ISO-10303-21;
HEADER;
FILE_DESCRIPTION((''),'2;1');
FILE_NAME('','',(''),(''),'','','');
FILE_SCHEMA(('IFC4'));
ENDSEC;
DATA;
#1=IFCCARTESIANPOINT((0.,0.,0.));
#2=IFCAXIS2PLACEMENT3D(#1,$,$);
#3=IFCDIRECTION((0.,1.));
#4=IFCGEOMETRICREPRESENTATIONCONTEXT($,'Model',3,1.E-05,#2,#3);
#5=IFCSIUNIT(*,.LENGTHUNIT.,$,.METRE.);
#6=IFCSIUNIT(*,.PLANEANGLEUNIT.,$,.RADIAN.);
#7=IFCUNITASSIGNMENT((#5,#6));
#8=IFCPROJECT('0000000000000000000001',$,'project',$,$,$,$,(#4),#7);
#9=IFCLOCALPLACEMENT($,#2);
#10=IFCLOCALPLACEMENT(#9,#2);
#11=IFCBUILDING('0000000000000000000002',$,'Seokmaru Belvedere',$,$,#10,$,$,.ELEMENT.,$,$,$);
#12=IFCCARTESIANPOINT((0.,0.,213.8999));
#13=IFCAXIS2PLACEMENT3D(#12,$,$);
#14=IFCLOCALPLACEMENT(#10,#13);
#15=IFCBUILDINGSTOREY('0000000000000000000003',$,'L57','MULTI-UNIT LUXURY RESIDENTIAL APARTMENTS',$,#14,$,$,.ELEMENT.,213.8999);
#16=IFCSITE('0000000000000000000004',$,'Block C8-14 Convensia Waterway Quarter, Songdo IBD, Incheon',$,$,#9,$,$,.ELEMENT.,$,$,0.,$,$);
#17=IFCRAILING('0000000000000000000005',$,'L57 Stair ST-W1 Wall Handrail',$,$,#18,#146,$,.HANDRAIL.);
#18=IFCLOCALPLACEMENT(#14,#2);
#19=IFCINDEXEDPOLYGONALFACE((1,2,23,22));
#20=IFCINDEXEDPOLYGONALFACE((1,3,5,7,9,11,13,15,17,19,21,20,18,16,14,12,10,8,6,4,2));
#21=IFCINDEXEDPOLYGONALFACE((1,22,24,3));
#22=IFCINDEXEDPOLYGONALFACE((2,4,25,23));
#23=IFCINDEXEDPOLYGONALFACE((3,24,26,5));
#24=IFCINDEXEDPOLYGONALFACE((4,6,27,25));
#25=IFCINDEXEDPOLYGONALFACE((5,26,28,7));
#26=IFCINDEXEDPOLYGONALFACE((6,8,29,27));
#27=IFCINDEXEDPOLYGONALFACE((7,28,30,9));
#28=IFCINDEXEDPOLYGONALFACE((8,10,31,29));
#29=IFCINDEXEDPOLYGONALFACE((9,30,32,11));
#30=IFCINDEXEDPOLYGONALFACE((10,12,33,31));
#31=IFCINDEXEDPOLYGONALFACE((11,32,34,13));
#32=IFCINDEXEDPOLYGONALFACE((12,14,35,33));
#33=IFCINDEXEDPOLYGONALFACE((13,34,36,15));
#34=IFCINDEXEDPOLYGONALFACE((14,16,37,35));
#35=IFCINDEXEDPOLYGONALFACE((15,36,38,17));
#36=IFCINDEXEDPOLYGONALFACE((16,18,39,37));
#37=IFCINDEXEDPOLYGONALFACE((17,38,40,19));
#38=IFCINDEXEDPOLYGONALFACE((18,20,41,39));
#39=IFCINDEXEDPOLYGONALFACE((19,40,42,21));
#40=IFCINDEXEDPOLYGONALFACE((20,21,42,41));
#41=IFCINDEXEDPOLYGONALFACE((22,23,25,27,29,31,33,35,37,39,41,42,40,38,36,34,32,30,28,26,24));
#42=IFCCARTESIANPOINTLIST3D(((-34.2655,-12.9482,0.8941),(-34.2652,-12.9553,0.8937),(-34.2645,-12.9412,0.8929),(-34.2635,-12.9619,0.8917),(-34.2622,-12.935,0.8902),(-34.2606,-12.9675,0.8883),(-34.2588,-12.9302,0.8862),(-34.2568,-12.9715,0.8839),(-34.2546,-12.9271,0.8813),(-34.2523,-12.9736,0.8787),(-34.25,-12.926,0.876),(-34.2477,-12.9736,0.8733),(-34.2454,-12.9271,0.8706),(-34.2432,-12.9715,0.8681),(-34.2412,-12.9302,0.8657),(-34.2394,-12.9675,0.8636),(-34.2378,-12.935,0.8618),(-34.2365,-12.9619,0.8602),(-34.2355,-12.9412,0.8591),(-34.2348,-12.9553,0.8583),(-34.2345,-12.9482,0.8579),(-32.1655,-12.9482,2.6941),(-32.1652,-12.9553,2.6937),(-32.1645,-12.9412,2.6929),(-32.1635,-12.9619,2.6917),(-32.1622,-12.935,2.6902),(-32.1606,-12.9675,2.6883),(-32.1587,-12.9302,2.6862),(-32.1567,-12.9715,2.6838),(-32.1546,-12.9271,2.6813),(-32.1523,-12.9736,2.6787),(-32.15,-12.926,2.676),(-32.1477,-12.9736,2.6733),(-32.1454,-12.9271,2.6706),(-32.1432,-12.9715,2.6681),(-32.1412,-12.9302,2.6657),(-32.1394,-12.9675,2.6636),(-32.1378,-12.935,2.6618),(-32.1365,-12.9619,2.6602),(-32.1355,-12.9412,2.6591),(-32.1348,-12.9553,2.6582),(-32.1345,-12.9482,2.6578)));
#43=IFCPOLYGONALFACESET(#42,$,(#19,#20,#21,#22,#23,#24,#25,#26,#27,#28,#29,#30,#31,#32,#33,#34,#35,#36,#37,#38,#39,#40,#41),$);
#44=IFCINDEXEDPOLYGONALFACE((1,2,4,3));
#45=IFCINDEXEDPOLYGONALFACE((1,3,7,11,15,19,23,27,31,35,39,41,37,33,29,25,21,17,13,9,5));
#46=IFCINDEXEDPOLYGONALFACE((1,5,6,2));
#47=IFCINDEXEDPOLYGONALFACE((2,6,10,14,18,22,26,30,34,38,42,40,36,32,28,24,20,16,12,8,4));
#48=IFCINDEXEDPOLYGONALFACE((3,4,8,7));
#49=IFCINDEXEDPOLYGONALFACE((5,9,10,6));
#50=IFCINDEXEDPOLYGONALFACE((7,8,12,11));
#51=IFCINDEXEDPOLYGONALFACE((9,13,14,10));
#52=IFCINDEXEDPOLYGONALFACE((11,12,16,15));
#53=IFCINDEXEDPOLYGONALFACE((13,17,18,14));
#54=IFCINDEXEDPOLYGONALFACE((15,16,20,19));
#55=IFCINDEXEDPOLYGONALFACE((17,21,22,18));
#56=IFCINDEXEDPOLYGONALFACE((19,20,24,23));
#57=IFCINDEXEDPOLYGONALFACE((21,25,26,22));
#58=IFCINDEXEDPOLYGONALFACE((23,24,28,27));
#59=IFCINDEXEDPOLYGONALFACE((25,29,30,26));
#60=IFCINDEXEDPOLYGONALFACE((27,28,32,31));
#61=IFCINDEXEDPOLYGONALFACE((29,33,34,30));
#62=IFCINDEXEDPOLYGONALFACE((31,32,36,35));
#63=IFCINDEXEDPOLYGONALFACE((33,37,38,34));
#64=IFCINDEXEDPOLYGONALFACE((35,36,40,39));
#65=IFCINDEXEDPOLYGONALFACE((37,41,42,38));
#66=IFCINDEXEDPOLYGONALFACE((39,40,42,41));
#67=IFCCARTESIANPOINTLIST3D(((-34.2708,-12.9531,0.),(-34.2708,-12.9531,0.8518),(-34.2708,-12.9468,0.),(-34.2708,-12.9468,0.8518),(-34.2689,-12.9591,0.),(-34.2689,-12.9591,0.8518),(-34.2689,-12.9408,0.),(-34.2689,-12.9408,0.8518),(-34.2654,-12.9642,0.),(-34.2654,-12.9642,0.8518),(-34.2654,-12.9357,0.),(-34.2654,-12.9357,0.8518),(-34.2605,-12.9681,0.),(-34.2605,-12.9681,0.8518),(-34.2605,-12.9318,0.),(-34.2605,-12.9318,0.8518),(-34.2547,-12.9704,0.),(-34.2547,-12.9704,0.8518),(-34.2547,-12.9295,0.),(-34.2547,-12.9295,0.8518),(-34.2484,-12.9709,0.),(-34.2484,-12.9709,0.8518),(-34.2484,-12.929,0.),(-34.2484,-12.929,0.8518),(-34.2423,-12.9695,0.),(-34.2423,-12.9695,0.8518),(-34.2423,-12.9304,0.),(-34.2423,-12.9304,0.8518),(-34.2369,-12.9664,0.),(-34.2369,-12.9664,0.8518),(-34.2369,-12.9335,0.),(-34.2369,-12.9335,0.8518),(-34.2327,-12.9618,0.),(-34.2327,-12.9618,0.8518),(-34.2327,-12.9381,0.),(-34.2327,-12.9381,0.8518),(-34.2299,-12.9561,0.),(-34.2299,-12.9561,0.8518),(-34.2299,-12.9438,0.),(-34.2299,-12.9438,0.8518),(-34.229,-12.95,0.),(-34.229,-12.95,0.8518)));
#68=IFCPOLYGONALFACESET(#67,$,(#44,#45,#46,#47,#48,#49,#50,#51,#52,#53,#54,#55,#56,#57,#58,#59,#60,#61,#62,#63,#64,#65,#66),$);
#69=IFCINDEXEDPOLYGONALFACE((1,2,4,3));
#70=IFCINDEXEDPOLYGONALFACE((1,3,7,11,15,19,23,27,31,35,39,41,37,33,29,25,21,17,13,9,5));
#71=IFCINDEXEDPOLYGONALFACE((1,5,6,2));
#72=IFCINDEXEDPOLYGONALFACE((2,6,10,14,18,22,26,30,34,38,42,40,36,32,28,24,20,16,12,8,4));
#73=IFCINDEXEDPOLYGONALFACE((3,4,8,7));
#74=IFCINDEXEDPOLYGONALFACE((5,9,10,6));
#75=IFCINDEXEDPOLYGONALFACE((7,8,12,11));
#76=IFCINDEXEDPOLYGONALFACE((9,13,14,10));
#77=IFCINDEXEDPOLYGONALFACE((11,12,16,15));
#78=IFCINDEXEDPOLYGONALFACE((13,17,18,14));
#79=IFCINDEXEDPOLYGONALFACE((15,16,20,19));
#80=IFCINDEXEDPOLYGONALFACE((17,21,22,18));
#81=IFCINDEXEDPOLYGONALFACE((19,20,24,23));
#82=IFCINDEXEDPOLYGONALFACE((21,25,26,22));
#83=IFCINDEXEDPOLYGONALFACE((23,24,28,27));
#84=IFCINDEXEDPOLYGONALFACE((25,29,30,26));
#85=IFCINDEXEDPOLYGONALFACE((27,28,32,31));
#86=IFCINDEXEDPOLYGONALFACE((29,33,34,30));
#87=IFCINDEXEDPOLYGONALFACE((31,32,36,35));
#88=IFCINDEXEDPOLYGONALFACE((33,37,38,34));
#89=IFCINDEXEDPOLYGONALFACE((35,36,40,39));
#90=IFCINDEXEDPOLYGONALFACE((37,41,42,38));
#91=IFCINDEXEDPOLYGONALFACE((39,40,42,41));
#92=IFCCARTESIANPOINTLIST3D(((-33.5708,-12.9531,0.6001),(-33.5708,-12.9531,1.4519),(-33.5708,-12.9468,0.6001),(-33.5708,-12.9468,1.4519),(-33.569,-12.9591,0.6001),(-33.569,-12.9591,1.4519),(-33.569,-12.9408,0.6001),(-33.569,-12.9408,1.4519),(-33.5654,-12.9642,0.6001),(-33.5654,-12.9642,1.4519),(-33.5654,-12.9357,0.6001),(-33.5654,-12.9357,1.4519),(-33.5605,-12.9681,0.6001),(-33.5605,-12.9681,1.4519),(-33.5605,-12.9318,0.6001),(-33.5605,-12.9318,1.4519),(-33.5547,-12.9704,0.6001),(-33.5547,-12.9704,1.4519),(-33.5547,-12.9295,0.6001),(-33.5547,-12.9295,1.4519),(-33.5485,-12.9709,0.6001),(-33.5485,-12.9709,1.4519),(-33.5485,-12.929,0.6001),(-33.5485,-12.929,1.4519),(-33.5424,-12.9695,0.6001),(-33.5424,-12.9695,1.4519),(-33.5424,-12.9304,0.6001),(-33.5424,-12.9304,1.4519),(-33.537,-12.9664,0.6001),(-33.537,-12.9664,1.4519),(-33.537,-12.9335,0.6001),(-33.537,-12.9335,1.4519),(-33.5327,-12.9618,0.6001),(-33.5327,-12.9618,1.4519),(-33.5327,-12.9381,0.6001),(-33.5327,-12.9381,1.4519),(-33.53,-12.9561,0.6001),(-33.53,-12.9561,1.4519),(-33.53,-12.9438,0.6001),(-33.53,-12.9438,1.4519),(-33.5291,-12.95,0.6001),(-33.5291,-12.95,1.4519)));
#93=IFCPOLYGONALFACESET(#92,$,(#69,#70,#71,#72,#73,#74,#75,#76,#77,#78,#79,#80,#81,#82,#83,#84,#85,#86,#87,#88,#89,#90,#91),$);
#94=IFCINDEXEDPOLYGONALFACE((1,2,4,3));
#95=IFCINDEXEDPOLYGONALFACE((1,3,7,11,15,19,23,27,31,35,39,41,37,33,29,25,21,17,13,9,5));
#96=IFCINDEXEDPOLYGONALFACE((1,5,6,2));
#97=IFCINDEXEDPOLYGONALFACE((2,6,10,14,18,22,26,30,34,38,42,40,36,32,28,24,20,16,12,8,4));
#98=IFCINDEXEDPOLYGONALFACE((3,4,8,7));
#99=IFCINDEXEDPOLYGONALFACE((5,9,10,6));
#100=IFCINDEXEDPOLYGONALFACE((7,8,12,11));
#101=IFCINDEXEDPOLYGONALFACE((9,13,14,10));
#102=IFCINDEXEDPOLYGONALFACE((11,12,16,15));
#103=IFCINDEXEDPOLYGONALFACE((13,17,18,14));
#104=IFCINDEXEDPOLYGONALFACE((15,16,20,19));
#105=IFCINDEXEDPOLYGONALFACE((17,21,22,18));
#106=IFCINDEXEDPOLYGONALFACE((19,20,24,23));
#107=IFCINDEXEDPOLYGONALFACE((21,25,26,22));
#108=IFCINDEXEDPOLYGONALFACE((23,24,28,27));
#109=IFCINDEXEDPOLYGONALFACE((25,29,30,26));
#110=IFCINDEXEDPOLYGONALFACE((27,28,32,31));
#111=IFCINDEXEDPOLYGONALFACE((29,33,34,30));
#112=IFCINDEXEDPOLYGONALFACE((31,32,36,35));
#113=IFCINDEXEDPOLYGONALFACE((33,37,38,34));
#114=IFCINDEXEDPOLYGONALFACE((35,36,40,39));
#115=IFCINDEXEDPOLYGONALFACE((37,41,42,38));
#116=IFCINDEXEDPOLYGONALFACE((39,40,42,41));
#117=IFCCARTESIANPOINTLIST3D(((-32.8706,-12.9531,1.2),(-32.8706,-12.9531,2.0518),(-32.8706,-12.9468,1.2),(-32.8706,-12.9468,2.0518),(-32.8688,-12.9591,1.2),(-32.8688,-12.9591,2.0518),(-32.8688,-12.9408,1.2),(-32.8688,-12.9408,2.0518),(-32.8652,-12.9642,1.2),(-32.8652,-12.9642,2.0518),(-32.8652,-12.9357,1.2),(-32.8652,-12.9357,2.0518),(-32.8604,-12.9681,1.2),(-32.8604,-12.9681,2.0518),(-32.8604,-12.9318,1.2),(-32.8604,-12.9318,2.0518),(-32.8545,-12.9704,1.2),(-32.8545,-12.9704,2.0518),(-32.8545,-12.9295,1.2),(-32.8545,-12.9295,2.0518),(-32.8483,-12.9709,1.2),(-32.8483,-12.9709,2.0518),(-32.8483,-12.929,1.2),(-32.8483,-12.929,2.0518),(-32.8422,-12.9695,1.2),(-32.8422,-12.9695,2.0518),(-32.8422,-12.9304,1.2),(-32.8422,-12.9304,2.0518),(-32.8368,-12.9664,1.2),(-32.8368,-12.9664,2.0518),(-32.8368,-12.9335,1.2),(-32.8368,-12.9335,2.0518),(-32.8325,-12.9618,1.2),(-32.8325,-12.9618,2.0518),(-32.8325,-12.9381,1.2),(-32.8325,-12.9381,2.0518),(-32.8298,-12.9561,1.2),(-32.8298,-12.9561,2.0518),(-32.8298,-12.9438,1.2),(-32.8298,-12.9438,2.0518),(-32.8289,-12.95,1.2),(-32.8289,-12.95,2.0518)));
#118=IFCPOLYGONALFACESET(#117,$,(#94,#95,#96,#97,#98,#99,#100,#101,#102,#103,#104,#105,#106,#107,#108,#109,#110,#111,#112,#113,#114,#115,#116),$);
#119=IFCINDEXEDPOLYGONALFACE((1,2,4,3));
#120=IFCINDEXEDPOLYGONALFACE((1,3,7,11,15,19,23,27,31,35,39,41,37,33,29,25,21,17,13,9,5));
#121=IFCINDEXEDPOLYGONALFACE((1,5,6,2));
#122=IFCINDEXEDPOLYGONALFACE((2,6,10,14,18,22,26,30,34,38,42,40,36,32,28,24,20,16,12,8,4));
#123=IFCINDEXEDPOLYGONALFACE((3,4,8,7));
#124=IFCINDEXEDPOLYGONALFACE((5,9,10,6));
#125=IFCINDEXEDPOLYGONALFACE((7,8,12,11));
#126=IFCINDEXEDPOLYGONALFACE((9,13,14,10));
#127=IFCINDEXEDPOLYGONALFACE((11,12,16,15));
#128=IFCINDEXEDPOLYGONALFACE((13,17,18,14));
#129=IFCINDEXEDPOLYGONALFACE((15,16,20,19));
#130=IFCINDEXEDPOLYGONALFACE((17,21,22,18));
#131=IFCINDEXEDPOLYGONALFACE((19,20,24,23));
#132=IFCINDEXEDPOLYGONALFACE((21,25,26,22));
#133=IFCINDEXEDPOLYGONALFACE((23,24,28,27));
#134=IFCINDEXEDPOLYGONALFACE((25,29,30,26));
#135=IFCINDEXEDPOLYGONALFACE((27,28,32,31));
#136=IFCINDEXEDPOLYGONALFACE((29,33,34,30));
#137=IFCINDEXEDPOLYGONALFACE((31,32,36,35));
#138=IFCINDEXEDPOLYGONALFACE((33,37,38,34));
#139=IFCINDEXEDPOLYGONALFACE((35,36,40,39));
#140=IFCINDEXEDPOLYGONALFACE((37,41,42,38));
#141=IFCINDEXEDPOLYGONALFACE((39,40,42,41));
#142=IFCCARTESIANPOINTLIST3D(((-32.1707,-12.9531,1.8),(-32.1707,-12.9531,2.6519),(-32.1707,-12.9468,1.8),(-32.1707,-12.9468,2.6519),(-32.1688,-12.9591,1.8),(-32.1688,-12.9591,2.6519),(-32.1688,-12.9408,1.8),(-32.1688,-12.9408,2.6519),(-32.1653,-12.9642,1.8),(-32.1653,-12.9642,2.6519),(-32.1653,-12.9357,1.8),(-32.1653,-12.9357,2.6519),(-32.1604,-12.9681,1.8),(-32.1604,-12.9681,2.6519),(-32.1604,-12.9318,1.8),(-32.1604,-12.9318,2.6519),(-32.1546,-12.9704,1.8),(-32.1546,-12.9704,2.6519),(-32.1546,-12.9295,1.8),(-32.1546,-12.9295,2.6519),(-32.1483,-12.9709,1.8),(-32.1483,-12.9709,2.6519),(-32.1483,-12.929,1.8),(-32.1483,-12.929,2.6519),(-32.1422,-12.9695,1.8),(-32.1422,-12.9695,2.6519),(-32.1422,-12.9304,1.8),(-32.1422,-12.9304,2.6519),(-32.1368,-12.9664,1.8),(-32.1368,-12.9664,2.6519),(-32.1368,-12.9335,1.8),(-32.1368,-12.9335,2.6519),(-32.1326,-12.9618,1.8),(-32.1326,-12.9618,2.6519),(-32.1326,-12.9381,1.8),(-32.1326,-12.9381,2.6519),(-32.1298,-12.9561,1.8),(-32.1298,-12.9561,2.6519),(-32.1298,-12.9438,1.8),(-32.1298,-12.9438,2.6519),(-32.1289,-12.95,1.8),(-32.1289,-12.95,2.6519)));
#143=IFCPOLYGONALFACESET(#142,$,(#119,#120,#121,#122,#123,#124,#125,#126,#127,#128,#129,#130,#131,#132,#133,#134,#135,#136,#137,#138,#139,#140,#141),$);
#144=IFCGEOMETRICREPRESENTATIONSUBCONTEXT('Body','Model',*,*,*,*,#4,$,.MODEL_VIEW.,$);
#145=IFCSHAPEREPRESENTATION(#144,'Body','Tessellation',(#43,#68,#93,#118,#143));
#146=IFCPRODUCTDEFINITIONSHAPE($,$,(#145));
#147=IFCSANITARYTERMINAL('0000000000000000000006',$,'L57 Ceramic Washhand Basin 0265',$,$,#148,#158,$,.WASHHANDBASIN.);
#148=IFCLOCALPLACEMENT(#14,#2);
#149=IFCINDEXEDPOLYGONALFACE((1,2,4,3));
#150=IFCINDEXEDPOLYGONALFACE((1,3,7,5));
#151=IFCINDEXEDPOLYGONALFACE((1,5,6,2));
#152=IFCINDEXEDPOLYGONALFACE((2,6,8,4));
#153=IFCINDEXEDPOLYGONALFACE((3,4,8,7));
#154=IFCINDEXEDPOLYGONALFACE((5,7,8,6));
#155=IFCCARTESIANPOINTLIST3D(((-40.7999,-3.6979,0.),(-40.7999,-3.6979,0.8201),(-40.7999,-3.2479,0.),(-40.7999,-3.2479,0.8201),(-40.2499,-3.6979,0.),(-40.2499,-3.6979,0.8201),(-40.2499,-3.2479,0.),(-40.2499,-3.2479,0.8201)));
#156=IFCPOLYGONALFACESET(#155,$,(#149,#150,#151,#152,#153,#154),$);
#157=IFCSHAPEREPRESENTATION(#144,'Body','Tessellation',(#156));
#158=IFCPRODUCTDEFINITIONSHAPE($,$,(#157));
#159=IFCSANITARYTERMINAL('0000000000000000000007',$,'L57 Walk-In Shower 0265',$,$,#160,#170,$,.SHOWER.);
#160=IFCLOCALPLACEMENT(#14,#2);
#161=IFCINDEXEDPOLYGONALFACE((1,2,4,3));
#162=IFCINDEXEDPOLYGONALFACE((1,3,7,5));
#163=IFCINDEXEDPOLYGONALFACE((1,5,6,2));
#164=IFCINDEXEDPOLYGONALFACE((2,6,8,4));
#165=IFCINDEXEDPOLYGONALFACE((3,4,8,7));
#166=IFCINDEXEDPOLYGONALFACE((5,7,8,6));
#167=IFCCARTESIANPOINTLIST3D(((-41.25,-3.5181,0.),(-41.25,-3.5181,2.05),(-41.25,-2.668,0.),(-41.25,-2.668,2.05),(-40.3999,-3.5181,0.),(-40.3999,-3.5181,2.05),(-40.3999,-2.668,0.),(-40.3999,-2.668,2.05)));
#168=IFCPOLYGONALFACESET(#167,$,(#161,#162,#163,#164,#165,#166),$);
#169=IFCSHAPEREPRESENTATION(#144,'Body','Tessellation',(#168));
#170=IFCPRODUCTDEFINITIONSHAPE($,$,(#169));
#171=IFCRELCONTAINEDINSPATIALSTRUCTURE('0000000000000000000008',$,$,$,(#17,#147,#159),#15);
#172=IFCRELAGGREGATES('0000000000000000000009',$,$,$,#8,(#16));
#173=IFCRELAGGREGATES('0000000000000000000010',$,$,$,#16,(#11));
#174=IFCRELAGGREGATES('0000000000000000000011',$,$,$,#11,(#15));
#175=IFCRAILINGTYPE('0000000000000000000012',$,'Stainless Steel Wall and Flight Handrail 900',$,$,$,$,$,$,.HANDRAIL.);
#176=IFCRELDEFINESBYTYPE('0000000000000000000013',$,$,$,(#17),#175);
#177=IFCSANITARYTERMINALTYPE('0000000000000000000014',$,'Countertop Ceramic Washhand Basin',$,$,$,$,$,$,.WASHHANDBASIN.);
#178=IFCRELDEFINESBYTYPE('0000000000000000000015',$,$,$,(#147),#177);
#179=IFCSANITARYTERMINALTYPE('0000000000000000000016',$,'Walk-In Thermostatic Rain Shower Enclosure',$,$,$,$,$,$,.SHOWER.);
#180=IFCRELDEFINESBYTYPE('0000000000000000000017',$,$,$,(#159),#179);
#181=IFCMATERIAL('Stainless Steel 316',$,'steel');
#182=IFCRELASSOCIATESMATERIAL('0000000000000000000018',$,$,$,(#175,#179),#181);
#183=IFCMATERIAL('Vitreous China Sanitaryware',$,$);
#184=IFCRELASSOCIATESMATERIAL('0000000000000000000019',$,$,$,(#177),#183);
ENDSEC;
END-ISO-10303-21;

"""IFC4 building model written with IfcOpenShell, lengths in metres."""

from ifc_helpers import new_model, si_unit, direction, frame, origin, origin_2d, place, context, subcontext, project, spatial, rectangle, circle, extrude, source, transform, mapped, material, type_object, type_shapes, element, save


model = new_model("IFC4")

# Units and contexts
model_context = context("Model", 3, precision=1e-05, world=origin(), true_north=direction((0.0, 1.0)))
body_context = subcontext(model_context, "Body", "Model", "MODEL_VIEW")
ifc_project = project(units=[si_unit("LENGTHUNIT", "METRE"), si_unit("PLANEANGLEUNIT", "RADIAN")], contexts=[model_context])

# Site, building, storey
site_placement = place(None, origin())
site = spatial("IfcSite", under=ifc_project, at=site_placement, Name="Block C8-14 Convensia Waterway Quarter, Songdo IBD, Incheon", CompositionType="ELEMENT", RefElevation=0.0)
building_placement = place(site_placement, origin())
building = spatial("IfcBuilding", under=site, at=building_placement, Name="Seokmaru Belvedere", CompositionType="ELEMENT")
storey_placement = place(building_placement, frame((0.0, 0.0, 213.8999)))
storey = spatial("IfcBuildingStorey", under=building, at=storey_placement, Name="L57", Description="MULTI-UNIT LUXURY RESIDENTIAL APARTMENTS", CompositionType="ELEMENT", Elevation=213.8999)

# Shared definitions
ifc_material_1 = material(Name="Stainless Steel 316", Category="steel")

# Railing
railing_type_1 = type_object("IfcRailingType", Name="Stainless Steel Wall and Flight Handrail 900", PredefinedType="HANDRAIL", material=ifc_material_1)
railing_1_placement = place(storey_placement, frame((-34.25, -12.95, 0.0)))
element("IfcRailing", 1, at=railing_1_placement, inside=storey, type_object=railing_type_1, Name="L57 Stair ST-W1 Wall Handrail", PredefinedType="HANDRAIL", context=body_context, shape_type="SweptSolid", body=[
    extrude(circle(Radius=0.0239, at=origin_2d()), frame((0.0, 0.0, 0.876), z_axis=(0.759263, 0.0, 0.650784), x_axis=(0.0, 1.0, 0.0)), (0.0, 0.0, 1.0), 2.7659),
    extrude(circle(Radius=0.021, at=origin_2d()), origin(), (0.0, 0.0, 1.0), 0.8518),
    extrude(circle(Radius=0.021, at=origin_2d()), frame((0.7, 0.0, 0.6001)), (0.0, 0.0, 1.0), 0.8518),
    extrude(circle(Radius=0.021, at=origin_2d()), frame((1.4001, 0.0, 1.2)), (0.0, 0.0, 1.0), 0.8518),
    extrude(circle(Radius=0.021, at=origin_2d()), frame((2.1001, 0.0, 1.8)), (0.0, 0.0, 1.0), 0.8518),
])

# Sanitary terminals
ifc_material_2 = material(Name="Vitreous China Sanitaryware")
sanitary_terminal_type_1 = type_object("IfcSanitaryTerminalType", Name="Countertop Ceramic Washhand Basin", PredefinedType="WASHHANDBASIN", material=ifc_material_2)
shared_shape_1 = source(origin(), body_context, "Body", "SweptSolid", [
    extrude(rectangle(XDim=0.55, YDim=0.45, at=origin_2d()), origin(), (0.0, 0.0, 1.0), 0.8201),
])
type_shapes(sanitary_terminal_type_1, [shared_shape_1])
sanitary_terminal_1_placement = place(storey_placement, frame((-40.5249, -3.4729, 0.0), z_axis=(0.0, 0.0, 1.0), x_axis=(1.0, 0.0, 0.0)))
element("IfcSanitaryTerminal", 2, at=sanitary_terminal_1_placement, inside=storey, type_object=sanitary_terminal_type_1, Name="L57 Ceramic Washhand Basin 0265", PredefinedType="WASHHANDBASIN", context=body_context, shape_type="MappedRepresentation", body=[
    mapped(shared_shape_1, transform((0.0, 0.0, 0.0), scale=1.0)),
])
sanitary_terminal_type_2 = type_object("IfcSanitaryTerminalType", Name="Walk-In Thermostatic Rain Shower Enclosure", PredefinedType="SHOWER", material=ifc_material_1)
shared_shape_2 = source(origin(), body_context, "Body", "SweptSolid", [
    extrude(rectangle(XDim=0.8501, YDim=0.8501, at=origin_2d()), origin(), (0.0, 0.0, 1.0), 2.05),
])
type_shapes(sanitary_terminal_type_2, [shared_shape_2])
sanitary_terminal_2_placement = place(storey_placement, frame((-40.825, -3.093, 0.0), z_axis=(0.0, 0.0, 1.0), x_axis=(1.0, 0.0, 0.0)))
element("IfcSanitaryTerminal", 3, at=sanitary_terminal_2_placement, inside=storey, type_object=sanitary_terminal_type_2, Name="L57 Walk-In Shower 0265", PredefinedType="SHOWER", context=body_context, shape_type="MappedRepresentation", body=[
    mapped(shared_shape_2, transform((0.0, 0.0, 0.0), scale=1.0)),
])

save(model, "model.ifc")
